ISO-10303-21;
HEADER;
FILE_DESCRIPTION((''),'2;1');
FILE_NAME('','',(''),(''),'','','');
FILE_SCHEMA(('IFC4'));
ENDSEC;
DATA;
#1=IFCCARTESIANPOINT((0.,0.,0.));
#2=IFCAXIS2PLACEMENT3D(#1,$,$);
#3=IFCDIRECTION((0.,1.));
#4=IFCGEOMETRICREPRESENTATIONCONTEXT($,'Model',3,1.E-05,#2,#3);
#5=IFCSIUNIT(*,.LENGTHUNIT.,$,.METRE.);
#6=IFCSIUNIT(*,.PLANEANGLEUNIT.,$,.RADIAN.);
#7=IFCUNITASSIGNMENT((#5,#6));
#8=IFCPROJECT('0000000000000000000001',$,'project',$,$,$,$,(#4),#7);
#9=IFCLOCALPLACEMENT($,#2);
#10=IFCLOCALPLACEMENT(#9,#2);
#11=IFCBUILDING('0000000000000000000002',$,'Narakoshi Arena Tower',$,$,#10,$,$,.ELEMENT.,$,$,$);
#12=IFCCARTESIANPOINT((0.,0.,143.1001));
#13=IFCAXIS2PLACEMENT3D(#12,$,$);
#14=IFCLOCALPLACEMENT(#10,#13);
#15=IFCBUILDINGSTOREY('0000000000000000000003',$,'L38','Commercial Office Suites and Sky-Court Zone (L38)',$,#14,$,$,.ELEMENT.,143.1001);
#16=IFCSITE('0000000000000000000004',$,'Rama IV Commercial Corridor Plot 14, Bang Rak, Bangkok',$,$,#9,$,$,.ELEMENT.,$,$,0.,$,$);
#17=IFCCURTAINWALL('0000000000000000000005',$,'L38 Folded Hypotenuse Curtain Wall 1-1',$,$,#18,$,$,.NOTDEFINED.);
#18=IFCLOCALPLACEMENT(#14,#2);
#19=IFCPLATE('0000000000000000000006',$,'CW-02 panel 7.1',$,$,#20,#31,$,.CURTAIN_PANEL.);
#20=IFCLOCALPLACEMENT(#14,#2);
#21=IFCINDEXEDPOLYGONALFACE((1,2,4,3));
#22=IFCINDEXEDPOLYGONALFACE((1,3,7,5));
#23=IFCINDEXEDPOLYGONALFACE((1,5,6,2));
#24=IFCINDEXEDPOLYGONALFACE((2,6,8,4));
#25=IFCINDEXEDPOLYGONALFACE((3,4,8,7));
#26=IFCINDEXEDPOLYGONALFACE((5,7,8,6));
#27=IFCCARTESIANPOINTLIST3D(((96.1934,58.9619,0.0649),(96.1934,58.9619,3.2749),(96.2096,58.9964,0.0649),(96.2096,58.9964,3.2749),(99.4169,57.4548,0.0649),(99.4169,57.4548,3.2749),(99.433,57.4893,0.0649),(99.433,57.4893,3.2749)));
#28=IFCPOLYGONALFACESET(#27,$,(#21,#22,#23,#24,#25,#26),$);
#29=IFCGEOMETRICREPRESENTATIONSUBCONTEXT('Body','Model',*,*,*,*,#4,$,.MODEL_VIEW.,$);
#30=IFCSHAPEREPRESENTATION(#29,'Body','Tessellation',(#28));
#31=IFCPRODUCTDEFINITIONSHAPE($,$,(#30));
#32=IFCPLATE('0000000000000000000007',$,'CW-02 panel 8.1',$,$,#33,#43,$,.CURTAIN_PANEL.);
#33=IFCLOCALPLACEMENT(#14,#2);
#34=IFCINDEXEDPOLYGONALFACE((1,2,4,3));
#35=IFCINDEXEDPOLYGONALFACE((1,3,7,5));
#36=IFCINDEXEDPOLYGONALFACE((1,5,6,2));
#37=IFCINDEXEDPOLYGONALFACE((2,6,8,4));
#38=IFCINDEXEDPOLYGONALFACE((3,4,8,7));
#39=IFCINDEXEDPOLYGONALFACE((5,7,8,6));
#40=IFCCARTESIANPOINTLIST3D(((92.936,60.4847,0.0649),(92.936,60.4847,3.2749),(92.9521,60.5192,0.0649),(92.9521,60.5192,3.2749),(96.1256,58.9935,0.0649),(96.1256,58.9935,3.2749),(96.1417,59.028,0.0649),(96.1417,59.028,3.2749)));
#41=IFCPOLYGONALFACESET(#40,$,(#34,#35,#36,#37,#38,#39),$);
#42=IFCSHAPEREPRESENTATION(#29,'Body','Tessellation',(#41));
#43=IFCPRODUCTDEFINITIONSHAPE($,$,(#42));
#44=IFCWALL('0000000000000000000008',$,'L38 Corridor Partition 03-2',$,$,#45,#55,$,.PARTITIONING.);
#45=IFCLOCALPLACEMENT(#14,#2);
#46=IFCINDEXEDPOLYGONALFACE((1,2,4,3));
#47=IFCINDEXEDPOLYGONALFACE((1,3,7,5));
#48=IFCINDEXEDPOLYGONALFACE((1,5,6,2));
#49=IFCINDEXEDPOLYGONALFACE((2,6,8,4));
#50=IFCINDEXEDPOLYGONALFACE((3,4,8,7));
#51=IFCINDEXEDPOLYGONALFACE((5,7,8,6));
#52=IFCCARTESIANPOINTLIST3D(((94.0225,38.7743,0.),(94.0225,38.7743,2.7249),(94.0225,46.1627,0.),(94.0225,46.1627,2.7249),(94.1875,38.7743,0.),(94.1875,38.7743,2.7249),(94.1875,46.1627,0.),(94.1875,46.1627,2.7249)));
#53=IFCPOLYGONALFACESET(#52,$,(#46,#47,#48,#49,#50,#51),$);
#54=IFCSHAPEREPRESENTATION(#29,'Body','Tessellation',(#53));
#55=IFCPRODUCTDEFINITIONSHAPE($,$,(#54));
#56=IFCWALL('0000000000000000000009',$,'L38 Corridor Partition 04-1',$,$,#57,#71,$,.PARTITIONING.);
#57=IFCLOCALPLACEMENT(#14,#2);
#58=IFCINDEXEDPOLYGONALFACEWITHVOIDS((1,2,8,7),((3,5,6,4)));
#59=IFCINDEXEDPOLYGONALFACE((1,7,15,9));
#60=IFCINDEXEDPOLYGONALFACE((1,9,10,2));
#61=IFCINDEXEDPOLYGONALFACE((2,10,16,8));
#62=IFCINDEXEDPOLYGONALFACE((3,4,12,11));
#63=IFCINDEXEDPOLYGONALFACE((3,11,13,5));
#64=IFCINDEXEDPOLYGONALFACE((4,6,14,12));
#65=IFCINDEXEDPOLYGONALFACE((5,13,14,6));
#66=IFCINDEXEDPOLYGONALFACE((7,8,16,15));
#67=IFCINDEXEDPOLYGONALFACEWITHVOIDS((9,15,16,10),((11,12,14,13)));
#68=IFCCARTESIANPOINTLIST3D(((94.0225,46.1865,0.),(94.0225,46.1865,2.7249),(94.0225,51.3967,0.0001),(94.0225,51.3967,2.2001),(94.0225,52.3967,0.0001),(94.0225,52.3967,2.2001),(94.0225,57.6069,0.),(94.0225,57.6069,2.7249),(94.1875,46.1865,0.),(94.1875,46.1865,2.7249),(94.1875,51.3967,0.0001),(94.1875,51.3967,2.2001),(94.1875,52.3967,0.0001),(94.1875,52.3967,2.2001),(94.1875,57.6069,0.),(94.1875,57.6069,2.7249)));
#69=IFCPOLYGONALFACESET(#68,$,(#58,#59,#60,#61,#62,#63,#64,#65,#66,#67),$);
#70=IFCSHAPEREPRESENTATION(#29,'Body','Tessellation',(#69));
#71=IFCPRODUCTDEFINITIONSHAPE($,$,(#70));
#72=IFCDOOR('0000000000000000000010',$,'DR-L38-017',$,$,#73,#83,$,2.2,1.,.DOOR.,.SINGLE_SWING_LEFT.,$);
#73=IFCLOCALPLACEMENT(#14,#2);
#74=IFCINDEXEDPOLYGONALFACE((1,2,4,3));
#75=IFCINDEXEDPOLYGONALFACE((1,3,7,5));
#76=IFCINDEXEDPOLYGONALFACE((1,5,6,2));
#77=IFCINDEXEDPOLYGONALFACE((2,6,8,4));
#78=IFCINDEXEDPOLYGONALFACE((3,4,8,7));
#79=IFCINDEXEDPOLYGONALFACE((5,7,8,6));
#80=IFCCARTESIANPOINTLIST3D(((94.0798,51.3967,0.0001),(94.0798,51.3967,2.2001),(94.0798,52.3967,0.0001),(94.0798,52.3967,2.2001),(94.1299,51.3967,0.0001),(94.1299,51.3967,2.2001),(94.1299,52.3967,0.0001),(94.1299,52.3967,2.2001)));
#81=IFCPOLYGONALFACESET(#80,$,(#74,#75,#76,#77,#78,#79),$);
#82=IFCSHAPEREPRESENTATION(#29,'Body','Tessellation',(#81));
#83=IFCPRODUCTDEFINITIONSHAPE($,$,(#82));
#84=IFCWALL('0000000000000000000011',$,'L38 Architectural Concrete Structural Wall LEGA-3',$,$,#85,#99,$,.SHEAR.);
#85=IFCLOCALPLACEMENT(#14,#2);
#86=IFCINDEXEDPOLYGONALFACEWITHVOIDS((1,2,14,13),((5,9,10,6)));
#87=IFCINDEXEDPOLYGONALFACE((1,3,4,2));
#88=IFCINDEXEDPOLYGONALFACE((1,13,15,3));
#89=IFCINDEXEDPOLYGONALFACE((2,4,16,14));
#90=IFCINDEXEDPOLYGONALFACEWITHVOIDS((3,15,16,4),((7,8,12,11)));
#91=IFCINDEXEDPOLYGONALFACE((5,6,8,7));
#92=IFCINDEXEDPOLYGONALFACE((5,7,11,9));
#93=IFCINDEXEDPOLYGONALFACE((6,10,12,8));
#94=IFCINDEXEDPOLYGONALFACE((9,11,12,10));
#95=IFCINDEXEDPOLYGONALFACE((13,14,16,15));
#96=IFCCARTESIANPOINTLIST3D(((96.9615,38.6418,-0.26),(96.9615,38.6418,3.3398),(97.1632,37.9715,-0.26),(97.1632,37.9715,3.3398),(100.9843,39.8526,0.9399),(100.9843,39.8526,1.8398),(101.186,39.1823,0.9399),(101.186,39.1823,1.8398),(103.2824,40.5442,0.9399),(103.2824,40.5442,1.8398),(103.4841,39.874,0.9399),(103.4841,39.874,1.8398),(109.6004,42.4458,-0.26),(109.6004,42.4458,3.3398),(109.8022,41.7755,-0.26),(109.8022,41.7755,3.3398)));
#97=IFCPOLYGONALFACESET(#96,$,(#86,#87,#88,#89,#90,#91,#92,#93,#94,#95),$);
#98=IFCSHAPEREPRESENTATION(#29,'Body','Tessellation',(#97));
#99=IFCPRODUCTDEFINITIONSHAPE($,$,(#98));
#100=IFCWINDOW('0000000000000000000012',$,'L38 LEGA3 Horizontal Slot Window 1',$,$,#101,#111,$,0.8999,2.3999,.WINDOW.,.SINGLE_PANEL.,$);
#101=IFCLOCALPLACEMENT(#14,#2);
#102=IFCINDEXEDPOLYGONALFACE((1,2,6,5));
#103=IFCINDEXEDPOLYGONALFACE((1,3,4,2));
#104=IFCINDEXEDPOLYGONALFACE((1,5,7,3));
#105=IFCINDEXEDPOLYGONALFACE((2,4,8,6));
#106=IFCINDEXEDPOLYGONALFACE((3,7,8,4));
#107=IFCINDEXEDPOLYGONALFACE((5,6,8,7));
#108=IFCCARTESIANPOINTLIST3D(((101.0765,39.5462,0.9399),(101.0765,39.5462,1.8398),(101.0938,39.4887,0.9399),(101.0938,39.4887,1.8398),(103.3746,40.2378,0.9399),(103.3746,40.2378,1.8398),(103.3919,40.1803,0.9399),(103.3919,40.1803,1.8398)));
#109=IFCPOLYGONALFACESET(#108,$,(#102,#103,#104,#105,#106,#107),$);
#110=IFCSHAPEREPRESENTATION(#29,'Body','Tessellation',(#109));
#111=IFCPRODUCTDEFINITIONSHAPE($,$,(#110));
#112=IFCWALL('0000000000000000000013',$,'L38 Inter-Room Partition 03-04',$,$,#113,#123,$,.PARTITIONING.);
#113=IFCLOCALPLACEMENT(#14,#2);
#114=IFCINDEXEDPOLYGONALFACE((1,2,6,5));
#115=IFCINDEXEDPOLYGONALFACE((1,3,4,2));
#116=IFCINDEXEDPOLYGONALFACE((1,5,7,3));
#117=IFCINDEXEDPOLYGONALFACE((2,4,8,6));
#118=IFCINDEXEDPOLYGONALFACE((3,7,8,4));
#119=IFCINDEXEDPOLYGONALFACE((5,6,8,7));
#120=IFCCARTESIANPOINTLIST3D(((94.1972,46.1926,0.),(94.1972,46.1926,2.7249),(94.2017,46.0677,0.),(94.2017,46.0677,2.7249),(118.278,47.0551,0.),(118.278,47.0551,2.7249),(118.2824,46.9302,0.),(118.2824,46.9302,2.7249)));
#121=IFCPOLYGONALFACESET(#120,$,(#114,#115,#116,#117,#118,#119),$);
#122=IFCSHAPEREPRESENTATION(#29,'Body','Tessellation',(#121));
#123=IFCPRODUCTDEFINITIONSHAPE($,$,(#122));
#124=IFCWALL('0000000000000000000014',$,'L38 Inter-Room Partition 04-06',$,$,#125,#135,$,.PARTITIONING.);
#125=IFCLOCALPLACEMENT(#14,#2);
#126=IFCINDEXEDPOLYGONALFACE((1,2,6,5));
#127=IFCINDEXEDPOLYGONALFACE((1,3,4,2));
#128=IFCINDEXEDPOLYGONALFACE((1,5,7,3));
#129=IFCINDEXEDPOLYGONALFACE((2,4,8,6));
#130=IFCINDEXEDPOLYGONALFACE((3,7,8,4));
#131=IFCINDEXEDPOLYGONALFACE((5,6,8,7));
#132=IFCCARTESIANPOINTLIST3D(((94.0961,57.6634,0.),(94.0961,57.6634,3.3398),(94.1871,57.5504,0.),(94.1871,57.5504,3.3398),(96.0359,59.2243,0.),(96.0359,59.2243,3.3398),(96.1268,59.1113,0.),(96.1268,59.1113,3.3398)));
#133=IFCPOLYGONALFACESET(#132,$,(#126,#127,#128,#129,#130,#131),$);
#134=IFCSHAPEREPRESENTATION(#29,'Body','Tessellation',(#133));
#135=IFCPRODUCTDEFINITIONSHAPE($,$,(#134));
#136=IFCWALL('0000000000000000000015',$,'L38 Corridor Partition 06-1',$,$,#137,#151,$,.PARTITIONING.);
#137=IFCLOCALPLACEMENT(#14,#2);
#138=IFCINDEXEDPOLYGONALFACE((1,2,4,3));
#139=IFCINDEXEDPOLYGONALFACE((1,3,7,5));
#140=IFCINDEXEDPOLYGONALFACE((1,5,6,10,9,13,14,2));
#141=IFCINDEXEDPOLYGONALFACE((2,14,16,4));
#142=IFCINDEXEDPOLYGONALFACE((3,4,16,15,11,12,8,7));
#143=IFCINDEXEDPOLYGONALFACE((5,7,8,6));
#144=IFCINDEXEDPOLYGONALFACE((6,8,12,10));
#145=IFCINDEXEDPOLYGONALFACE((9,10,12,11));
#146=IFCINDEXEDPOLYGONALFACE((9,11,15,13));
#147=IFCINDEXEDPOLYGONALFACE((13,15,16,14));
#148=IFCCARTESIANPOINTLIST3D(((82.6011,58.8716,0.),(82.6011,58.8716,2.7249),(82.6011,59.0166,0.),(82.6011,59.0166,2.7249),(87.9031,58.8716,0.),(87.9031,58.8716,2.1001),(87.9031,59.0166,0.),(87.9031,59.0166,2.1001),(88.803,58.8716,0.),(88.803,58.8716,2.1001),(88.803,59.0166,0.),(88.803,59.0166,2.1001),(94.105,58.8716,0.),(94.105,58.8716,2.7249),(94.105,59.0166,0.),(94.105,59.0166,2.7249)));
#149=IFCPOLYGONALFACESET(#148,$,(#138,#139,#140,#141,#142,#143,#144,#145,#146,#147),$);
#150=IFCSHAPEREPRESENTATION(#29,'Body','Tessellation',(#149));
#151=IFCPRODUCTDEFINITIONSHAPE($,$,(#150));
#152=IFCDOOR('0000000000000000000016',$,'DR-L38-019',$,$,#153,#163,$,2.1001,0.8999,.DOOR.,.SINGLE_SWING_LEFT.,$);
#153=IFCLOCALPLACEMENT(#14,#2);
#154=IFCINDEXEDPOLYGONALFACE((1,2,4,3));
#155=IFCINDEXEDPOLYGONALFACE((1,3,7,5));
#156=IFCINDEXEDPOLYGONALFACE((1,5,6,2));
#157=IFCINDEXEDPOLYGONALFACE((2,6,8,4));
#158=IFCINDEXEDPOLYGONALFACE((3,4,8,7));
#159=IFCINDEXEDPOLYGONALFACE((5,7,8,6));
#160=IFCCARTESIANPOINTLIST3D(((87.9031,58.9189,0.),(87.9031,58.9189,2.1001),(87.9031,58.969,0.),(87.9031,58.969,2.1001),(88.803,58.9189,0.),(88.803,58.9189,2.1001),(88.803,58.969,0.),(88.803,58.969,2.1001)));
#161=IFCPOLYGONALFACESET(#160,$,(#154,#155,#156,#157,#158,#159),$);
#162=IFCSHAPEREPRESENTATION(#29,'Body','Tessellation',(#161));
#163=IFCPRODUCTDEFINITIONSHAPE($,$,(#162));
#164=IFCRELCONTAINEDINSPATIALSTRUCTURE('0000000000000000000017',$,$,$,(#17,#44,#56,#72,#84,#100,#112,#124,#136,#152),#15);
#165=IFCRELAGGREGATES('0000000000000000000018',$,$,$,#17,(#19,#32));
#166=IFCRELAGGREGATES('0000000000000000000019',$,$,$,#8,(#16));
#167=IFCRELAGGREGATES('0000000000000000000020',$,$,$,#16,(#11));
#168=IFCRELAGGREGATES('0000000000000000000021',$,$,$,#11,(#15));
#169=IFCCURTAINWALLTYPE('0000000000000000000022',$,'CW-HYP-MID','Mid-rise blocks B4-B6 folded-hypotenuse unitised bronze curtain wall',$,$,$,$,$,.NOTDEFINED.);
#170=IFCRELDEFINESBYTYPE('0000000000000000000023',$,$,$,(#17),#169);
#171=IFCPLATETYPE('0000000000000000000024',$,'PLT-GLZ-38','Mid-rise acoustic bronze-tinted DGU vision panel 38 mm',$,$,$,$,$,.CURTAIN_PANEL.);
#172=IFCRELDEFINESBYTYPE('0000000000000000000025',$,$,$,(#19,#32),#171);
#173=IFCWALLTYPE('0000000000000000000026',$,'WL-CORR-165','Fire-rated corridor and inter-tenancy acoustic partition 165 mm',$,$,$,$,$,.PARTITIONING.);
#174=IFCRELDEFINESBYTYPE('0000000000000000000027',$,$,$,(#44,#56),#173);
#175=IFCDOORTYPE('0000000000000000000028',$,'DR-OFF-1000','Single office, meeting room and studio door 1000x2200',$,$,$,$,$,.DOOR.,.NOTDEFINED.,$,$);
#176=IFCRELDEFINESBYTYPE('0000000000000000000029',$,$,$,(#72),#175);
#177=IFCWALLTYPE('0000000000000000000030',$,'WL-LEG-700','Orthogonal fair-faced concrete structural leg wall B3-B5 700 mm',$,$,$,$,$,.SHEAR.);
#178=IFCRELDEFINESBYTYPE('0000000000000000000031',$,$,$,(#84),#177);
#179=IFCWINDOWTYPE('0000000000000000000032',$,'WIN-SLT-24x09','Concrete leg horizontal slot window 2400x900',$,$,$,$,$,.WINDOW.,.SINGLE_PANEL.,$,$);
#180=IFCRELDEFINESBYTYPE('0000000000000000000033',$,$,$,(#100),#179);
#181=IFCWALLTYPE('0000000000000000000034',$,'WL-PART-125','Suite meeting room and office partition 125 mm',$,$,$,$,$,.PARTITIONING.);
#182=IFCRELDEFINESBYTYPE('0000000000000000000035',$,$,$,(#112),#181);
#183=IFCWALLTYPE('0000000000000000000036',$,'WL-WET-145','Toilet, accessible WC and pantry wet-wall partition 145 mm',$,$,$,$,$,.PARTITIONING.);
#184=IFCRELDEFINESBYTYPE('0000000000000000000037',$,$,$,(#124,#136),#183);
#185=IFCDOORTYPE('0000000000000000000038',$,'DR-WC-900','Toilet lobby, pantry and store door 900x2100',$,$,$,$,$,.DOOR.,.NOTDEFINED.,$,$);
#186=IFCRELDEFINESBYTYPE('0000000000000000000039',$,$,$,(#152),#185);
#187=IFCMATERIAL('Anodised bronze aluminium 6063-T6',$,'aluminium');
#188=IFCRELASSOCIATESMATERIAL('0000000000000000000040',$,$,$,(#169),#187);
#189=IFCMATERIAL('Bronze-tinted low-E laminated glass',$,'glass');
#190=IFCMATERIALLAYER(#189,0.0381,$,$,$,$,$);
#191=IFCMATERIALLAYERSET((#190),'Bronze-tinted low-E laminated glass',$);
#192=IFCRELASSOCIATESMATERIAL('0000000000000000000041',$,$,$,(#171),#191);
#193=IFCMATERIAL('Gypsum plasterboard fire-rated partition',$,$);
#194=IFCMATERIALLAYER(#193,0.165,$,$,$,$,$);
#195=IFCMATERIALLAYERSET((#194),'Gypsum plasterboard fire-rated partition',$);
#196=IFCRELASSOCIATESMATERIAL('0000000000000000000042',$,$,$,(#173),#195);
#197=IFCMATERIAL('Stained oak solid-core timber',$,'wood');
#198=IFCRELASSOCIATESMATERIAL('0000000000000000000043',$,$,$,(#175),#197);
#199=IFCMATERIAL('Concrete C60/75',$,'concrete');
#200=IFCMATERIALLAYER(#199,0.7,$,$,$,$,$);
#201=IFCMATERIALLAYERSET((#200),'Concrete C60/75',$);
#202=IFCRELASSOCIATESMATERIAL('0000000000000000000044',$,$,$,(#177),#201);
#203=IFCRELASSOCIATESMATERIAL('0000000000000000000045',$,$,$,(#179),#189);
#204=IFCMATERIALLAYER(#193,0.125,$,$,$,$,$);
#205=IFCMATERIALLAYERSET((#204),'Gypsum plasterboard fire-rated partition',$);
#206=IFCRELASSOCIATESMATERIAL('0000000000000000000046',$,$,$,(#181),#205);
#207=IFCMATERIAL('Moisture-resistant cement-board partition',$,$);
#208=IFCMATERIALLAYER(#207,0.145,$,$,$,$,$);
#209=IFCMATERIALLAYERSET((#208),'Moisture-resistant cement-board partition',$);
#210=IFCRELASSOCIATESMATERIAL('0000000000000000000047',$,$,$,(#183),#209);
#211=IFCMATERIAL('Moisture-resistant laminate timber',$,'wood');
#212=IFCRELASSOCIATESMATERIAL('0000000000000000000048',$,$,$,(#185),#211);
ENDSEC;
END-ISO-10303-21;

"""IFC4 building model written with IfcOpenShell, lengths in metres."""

from ifc_helpers import new_model, si_unit, direction, frame, frame_2d, origin, origin_2d, place, context, subcontext, project, spatial, rectangle, extrude, material, layer, layer_set, type_object, element, fill, aggregate, save


model = new_model("IFC4")

# Units and contexts
model_context = context("Model", 3, precision=1e-05, world=origin(), true_north=direction((0.0, 1.0)))
body_context = subcontext(model_context, "Body", "Model", "MODEL_VIEW")
ifc_project = project(units=[si_unit("LENGTHUNIT", "METRE"), si_unit("PLANEANGLEUNIT", "RADIAN")], contexts=[model_context])

# Site, building, storey
site_placement = place(None, origin())
site = spatial("IfcSite", under=ifc_project, at=site_placement, Name="Rama IV Commercial Corridor Plot 14, Bang Rak, Bangkok", CompositionType="ELEMENT", RefElevation=0.0)
building_placement = place(site_placement, origin())
building = spatial("IfcBuilding", under=site, at=building_placement, Name="Narakoshi Arena Tower", CompositionType="ELEMENT")
storey_placement = place(building_placement, frame((0.0, 0.0, 143.1001)))
storey = spatial("IfcBuildingStorey", under=building, at=storey_placement, Name="L38", Description="Commercial Office Suites and Sky-Court Zone (L38)", CompositionType="ELEMENT", Elevation=143.1001)

# Shared definitions
ifc_material_1 = material(Name="Concrete C60/75", Category="concrete")

# Curtain wall, plates
ifc_material_2 = material(Name="Anodised bronze aluminium 6063-T6", Category="aluminium")
curtain_wall_type = type_object("IfcCurtainWallType", Name="CW-HYP-MID", Description="Mid-rise blocks B4-B6 folded-hypotenuse unitised bronze curtain wall", PredefinedType="NOTDEFINED", material=ifc_material_2)
curtain_wall_placement = place(storey_placement, origin())
curtain_wall = element("IfcCurtainWall", 1, at=curtain_wall_placement, inside=storey, type_object=curtain_wall_type, Name="L38 Folded Hypotenuse Curtain Wall 1-1", PredefinedType="NOTDEFINED")
ifc_material_3 = material(Name="Bronze-tinted low-E laminated glass", Category="glass")
ifc_layer_1 = layer(ifc_material_3, 0.0381)
ifc_layer_set_1 = layer_set([ifc_layer_1], Name="Bronze-tinted low-E laminated glass")
plate_type = type_object("IfcPlateType", Name="PLT-GLZ-38", Description="Mid-rise acoustic bronze-tinted DGU vision panel 38 mm", PredefinedType="CURTAIN_PANEL", material=ifc_layer_set_1)
plate_1_placement = place(storey_placement, frame((97.8132, 58.2256, 0.0649), z_axis=(0.0, 0.0, 1.0), x_axis=(-0.905881, 0.423532, 0.0)))
plate_1 = element("IfcPlate", 2, at=plate_1_placement, type_object=plate_type, Name="CW-02 panel 7.1", PredefinedType="CURTAIN_PANEL", context=body_context, shape_type="SweptSolid", body=[
    extrude(rectangle(XDim=3.5583, YDim=0.0381, at=origin_2d()), origin(), (0.0, 0.0, 1.0), 3.21),
])
plate_2_placement = place(storey_placement, frame((94.5388, 59.7563, 0.0649), z_axis=(0.0, 0.0, 1.0), x_axis=(-0.905881, 0.423532, 0.0)))
plate_2 = element("IfcPlate", 3, at=plate_2_placement, type_object=plate_type, Name="CW-02 panel 8.1", PredefinedType="CURTAIN_PANEL", context=body_context, shape_type="SweptSolid", body=[
    extrude(rectangle(XDim=3.521, YDim=0.0381, at=origin_2d()), origin(), (0.0, 0.0, 1.0), 3.21),
])
aggregate(curtain_wall, [plate_1, plate_2])

# Wall
ifc_material_4 = material(Name="Gypsum plasterboard fire-rated partition")
ifc_layer_2 = layer(ifc_material_4, 0.165)
ifc_layer_set_2 = layer_set([ifc_layer_2], Name="Gypsum plasterboard fire-rated partition")
wall_type_1 = type_object("IfcWallType", Name="WL-CORR-165", Description="Fire-rated corridor and inter-tenancy acoustic partition 165 mm", PredefinedType="PARTITIONING", material=ifc_layer_set_2)
wall_1_placement = place(storey_placement, frame((94.105, 38.7742, 0.0), z_axis=(0.0, 0.0, 1.0), x_axis=(0.0, 1.0, 0.0)))
element("IfcWall", 4, at=wall_1_placement, inside=storey, type_object=wall_type_1, Name="L38 Corridor Partition 03-2", PredefinedType="PARTITIONING", context=body_context, shape_type="SweptSolid", body=[
    extrude(rectangle(XDim=7.3884, YDim=0.165, at=frame_2d((3.6943, 0.0))), origin(), (0.0, 0.0, 1.0), 2.7249),
])

# Wall, opening, door
wall_2_placement = place(storey_placement, frame((94.105, 46.1865, 0.0), z_axis=(0.0, 0.0, 1.0), x_axis=(0.0, 1.0, 0.0)))
wall_2 = element("IfcWall", 5, at=wall_2_placement, inside=storey, type_object=wall_type_1, Name="L38 Corridor Partition 04-1", PredefinedType="PARTITIONING", context=body_context, shape_type="SweptSolid", body=[
    extrude(rectangle(XDim=11.4204, YDim=0.165, at=frame_2d((5.7102, 0.0))), origin(), (0.0, 0.0, 1.0), 2.7249),
])
opening_1_placement = place(wall_2_placement, frame((5.2102, 0.0, 0.0)))
opening_1 = element("IfcOpeningElement", 6, at=opening_1_placement, cuts=wall_2, PredefinedType="OPENING", context=body_context, shape_type="SweptSolid", body=[
    extrude(rectangle(XDim=1.0, YDim=2.2, at=frame_2d((0.5, 1.1001))), frame((0.0, 0.0925, 0.0), z_axis=(0.0, -1.0, 0.0), x_axis=(1.0, 0.0, 0.0)), (0.0, 0.0, 1.0), 0.1851),
])
ifc_material_5 = material(Name="Stained oak solid-core timber", Category="wood")
door_type_1 = type_object("IfcDoorType", Name="DR-OFF-1000", Description="Single office, meeting room and studio door 1000x2200", OperationType="NOTDEFINED", PredefinedType="DOOR", material=ifc_material_5)
door_1_placement = place(opening_1_placement, frame((1.0, 0.0, 0.0), z_axis=(0.0, 0.0, 1.0), x_axis=(-1.0, 0.0, 0.0)))
door_1 = element("IfcDoor", 7, at=door_1_placement, inside=storey, type_object=door_type_1, Name="DR-L38-017", OperationType="SINGLE_SWING_LEFT", OverallHeight=2.2, OverallWidth=1.0, PredefinedType="DOOR", context=body_context, shape_type="SweptSolid", body=[
    extrude(rectangle(XDim=1.0, YDim=2.2, at=frame_2d((0.5, 1.1001))), frame((0.0, 0.0249, 0.0), z_axis=(0.0, -1.0, 0.0), x_axis=(1.0, 0.0, 0.0)), (0.0, 0.0, 1.0), 0.05),
])
fill(opening_1, door_1)

# Wall, opening, window
ifc_layer_3 = layer(ifc_material_1, 0.7)
ifc_layer_set_3 = layer_set([ifc_layer_3], Name="Concrete C60/75")
wall_type_2 = type_object("IfcWallType", Name="WL-LEG-700", Description="Orthogonal fair-faced concrete structural leg wall B3-B5 700 mm", PredefinedType="SHEAR", material=ifc_layer_set_3)
wall_3_placement = place(storey_placement, frame((97.0623, 38.3066, -0.26), z_axis=(0.0, 0.0, 1.0), x_axis=(0.95757, 0.288201, 0.0)))
wall_3 = element("IfcWall", 8, at=wall_3_placement, inside=storey, type_object=wall_type_2, Name="L38 Architectural Concrete Structural Wall LEGA-3", PredefinedType="SHEAR", context=body_context, shape_type="SweptSolid", body=[
    extrude(rectangle(XDim=13.199, YDim=0.7, at=frame_2d((6.5996, 0.0))), origin(), (0.0, 0.0, 1.0), 3.5999),
])
opening_2_placement = place(wall_3_placement, frame((4.2012, 0.0, 1.2)))
opening_2 = element("IfcOpeningElement", 9, at=opening_2_placement, cuts=wall_3, PredefinedType="OPENING", context=body_context, shape_type="SweptSolid", body=[
    extrude(rectangle(XDim=2.3999, YDim=0.8999, at=frame_2d((1.2, 0.45))), frame((0.0, 0.3599, 0.0), z_axis=(0.0, -1.0, 0.0), x_axis=(1.0, 0.0, 0.0)), (0.0, 0.0, 1.0), 0.72),
])
window_type = type_object("IfcWindowType", Name="WIN-SLT-24x09", Description="Concrete leg horizontal slot window 2400x900", PartitioningType="SINGLE_PANEL", PredefinedType="WINDOW", material=ifc_material_3)
window_placement = place(opening_2_placement, origin())
window = element("IfcWindow", 10, at=window_placement, inside=storey, type_object=window_type, Name="L38 LEGA3 Horizontal Slot Window 1", OverallHeight=0.8999, OverallWidth=2.3999, PartitioningType="SINGLE_PANEL", PredefinedType="WINDOW", context=body_context, shape_type="SweptSolid", body=[
    extrude(rectangle(XDim=2.3999, YDim=0.8999, at=frame_2d((1.2, 0.45))), frame((0.0, 0.03, 0.0), z_axis=(0.0, -1.0, 0.0), x_axis=(1.0, 0.0, 0.0)), (0.0, 0.0, 1.0), 0.0601),
])
fill(opening_2, window)

# Walls
ifc_layer_4 = layer(ifc_material_4, 0.125)
ifc_layer_set_4 = layer_set([ifc_layer_4], Name="Gypsum plasterboard fire-rated partition")
wall_type_3 = type_object("IfcWallType", Name="WL-PART-125", Description="Suite meeting room and office partition 125 mm", PredefinedType="PARTITIONING", material=ifc_layer_set_4)
wall_4_placement = place(storey_placement, frame((94.1995, 46.1301, 0.0), z_axis=(0.0, 0.0, 1.0), x_axis=(0.999359, 0.035796, 0.0)))
element("IfcWall", 11, at=wall_4_placement, inside=storey, type_object=wall_type_3, Name="L38 Inter-Room Partition 03-04", PredefinedType="PARTITIONING", context=body_context, shape_type="SweptSolid", body=[
    extrude(rectangle(XDim=24.0962, YDim=0.125, at=frame_2d((12.0481, 0.0))), origin(), (0.0, 0.0, 1.0), 2.7249),
])
ifc_material_6 = material(Name="Moisture-resistant cement-board partition")
ifc_layer_5 = layer(ifc_material_6, 0.145)
ifc_layer_set_5 = layer_set([ifc_layer_5], Name="Moisture-resistant cement-board partition")
wall_type_4 = type_object("IfcWallType", Name="WL-WET-145", Description="Toilet, accessible WC and pantry wet-wall partition 145 mm", PredefinedType="PARTITIONING", material=ifc_layer_set_5)
wall_5_placement = place(storey_placement, frame((94.1416, 57.6069, 0.0), z_axis=(0.0, 0.0, 1.0), x_axis=(0.779096, 0.626905, 0.0)))
element("IfcWall", 12, at=wall_5_placement, inside=storey, type_object=wall_type_4, Name="L38 Inter-Room Partition 04-06", PredefinedType="PARTITIONING", context=body_context, shape_type="SweptSolid", body=[
    extrude(rectangle(XDim=2.4897, YDim=0.145, at=frame_2d((1.2449, 0.0))), origin(), (0.0, 0.0, 1.0), 3.3398),
])

# Wall, opening, door
wall_6_placement = place(storey_placement, frame((94.105, 58.9441, 0.0), z_axis=(0.0, 0.0, 1.0), x_axis=(-1.0, 0.0, 0.0)))
wall_6 = element("IfcWall", 13, at=wall_6_placement, inside=storey, type_object=wall_type_4, Name="L38 Corridor Partition 06-1", PredefinedType="PARTITIONING", context=body_context, shape_type="SweptSolid", body=[
    extrude(rectangle(XDim=11.5039, YDim=0.145, at=frame_2d((5.752, 0.0))), origin(), (0.0, 0.0, 1.0), 2.7249),
])
opening_3_placement = place(wall_6_placement, frame((5.302, 0.0, 0.0)))
opening_3 = element("IfcOpeningElement", 14, at=opening_3_placement, cuts=wall_6, PredefinedType="OPENING", context=body_context, shape_type="SweptSolid", body=[
    extrude(rectangle(XDim=0.8999, YDim=2.1001, at=frame_2d((0.45, 1.05))), frame((0.0, 0.0825, 0.0), z_axis=(0.0, -1.0, 0.0), x_axis=(1.0, 0.0, 0.0)), (0.0, 0.0, 1.0), 0.165),
])
ifc_material_7 = material(Name="Moisture-resistant laminate timber", Category="wood")
door_type_2 = type_object("IfcDoorType", Name="DR-WC-900", Description="Toilet lobby, pantry and store door 900x2100", OperationType="NOTDEFINED", PredefinedType="DOOR", material=ifc_material_7)
door_2_placement = place(opening_3_placement, frame((0.8999, 0.0, 0.0), z_axis=(0.0, 0.0, 1.0), x_axis=(-1.0, 0.0, 0.0)))
door_2 = element("IfcDoor", 15, at=door_2_placement, inside=storey, type_object=door_type_2, Name="DR-L38-019", OperationType="SINGLE_SWING_LEFT", OverallHeight=2.1001, OverallWidth=0.8999, PredefinedType="DOOR", context=body_context, shape_type="SweptSolid", body=[
    extrude(rectangle(XDim=0.8999, YDim=2.1001, at=frame_2d((0.45, 1.05))), frame((0.0, 0.0249, 0.0), z_axis=(0.0, -1.0, 0.0), x_axis=(1.0, 0.0, 0.0)), (0.0, 0.0, 1.0), 0.05),
])
fill(opening_3, door_2)

save(model, "model.ifc")
